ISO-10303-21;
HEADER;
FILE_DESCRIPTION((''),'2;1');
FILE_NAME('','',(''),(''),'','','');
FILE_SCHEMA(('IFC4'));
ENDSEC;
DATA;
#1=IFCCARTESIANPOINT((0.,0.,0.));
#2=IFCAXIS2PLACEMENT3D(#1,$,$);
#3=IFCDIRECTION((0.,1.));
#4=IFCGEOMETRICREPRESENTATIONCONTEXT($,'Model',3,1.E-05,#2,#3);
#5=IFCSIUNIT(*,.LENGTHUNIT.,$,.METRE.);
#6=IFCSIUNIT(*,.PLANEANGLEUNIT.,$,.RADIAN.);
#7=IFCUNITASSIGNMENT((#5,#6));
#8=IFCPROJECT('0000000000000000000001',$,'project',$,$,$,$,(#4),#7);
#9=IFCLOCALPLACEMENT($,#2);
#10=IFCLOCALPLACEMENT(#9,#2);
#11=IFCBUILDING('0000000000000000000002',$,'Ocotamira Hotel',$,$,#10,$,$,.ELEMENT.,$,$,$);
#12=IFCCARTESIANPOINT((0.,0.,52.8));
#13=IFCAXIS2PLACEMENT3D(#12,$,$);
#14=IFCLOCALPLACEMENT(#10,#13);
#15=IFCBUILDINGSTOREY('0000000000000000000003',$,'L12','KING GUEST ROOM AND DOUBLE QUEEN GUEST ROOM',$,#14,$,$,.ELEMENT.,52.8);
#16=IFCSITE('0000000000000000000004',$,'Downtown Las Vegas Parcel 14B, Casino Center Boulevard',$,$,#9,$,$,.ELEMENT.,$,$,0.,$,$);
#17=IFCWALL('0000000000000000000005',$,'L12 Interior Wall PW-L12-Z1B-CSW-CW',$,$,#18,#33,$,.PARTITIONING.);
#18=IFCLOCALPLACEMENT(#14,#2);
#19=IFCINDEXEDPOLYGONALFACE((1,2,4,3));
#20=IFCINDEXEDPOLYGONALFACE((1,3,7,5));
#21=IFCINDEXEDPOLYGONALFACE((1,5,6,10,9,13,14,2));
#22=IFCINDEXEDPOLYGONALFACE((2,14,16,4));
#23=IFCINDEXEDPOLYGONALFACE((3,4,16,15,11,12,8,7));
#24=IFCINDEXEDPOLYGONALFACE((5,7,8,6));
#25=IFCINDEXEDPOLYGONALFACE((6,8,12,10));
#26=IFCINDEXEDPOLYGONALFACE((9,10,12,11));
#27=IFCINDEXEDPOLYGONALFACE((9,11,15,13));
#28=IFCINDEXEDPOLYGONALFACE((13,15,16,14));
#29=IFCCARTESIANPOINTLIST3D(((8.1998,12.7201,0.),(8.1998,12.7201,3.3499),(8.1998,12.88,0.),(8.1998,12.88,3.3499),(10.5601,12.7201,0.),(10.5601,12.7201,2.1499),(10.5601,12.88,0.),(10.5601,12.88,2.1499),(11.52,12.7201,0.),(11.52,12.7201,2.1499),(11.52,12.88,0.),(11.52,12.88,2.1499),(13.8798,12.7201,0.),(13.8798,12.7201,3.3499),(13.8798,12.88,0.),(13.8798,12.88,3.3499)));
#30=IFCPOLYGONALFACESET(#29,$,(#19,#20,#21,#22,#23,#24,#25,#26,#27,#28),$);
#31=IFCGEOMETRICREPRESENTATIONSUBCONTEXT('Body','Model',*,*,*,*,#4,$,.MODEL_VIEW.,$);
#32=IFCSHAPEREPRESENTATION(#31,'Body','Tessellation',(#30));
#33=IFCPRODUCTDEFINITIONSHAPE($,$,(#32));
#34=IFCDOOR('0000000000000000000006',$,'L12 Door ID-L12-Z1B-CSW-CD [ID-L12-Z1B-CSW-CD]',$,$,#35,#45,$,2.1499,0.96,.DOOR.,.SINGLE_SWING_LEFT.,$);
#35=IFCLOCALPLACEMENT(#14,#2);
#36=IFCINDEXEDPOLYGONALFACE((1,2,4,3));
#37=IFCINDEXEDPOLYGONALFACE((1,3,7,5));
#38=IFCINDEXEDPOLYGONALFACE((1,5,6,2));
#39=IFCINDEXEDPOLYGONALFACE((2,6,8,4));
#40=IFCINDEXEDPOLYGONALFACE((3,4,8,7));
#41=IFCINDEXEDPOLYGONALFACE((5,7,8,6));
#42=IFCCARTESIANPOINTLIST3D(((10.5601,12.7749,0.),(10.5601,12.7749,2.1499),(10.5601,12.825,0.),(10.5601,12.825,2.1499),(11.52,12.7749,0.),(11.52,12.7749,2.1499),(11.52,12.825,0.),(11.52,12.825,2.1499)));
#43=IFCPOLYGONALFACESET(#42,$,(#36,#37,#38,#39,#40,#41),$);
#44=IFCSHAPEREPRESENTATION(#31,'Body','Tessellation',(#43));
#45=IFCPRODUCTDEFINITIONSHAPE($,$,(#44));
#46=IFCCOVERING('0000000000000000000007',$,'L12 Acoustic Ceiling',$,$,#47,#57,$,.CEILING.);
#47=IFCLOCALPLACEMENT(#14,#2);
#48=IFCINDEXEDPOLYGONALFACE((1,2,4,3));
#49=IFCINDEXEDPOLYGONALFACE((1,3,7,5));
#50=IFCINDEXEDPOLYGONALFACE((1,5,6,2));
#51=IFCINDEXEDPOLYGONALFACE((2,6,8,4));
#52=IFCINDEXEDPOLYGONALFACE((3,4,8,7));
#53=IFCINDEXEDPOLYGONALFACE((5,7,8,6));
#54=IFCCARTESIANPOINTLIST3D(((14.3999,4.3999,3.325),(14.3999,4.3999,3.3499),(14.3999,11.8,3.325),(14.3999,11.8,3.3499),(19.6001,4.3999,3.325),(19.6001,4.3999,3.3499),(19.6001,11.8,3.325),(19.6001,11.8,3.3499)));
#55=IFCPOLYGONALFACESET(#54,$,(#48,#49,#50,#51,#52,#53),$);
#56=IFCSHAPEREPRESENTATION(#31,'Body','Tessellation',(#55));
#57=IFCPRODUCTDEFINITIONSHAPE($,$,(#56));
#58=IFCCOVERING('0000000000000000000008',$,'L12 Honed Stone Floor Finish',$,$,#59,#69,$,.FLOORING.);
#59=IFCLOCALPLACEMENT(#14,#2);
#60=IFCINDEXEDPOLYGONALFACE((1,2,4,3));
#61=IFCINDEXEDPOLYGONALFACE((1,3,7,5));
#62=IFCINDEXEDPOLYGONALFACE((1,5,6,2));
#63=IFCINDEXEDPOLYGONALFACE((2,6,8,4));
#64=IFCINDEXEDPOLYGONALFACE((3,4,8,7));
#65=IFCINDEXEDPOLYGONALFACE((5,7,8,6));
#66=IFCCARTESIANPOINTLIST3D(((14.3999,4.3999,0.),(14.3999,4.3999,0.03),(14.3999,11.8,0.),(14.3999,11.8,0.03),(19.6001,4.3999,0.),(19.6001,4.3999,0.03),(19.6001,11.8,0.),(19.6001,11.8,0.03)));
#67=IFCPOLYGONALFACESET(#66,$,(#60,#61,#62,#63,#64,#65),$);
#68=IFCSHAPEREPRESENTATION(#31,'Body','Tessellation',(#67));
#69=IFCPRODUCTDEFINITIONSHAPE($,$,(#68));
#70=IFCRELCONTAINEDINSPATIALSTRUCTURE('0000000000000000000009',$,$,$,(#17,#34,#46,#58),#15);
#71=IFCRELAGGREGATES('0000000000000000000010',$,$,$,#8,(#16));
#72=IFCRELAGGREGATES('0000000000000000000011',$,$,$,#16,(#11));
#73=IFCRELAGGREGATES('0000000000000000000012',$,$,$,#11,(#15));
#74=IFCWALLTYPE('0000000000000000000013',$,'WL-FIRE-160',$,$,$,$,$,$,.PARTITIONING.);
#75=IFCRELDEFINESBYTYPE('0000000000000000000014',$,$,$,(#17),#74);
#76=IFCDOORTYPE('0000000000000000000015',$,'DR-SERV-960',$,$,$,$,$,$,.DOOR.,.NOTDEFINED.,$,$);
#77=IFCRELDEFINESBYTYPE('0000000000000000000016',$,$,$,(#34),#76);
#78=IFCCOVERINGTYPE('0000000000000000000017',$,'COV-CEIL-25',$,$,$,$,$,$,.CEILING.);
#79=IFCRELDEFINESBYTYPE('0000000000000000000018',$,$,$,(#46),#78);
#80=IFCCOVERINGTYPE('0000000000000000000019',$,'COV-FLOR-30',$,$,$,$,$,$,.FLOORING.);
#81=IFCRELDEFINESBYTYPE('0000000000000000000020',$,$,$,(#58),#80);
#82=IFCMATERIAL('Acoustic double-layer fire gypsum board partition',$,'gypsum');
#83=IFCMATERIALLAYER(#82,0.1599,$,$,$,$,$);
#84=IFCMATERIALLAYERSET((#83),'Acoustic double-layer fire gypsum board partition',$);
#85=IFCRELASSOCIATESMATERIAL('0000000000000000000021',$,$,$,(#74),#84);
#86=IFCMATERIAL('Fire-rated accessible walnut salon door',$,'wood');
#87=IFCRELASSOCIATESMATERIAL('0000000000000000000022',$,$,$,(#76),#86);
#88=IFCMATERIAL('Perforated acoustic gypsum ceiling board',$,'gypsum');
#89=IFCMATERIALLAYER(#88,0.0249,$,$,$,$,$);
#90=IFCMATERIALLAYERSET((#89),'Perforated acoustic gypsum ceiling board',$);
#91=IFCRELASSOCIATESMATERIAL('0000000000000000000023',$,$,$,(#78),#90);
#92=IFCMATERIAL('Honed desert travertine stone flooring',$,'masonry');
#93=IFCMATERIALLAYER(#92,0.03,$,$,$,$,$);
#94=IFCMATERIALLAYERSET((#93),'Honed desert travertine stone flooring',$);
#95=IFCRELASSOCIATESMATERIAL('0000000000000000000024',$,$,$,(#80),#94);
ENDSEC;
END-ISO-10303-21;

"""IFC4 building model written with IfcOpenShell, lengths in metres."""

from ifc_helpers import new_model, si_unit, direction, frame, frame_2d, origin, place, context, subcontext, project, spatial, polyline, rectangle, outline, extrude, source, transform, mapped, material, layer, layer_set, type_object, element, fill, save


model = new_model("IFC4")

# Units and contexts
model_context = context("Model", 3, precision=1e-05, world=origin(), true_north=direction((0.0, 1.0)))
body_context = subcontext(model_context, "Body", "Model", "MODEL_VIEW")
ifc_project = project(units=[si_unit("LENGTHUNIT", "METRE"), si_unit("PLANEANGLEUNIT", "RADIAN")], contexts=[model_context])

# Site, building, storey
site_placement = place(None, origin())
site = spatial("IfcSite", under=ifc_project, at=site_placement, Name="Downtown Las Vegas Parcel 14B, Casino Center Boulevard", CompositionType="ELEMENT", RefElevation=0.0)
building_placement = place(site_placement, origin())
building = spatial("IfcBuilding", under=site, at=building_placement, Name="Ocotamira Hotel", CompositionType="ELEMENT")
storey_placement = place(building_placement, frame((0.0, 0.0, 52.8)))
storey = spatial("IfcBuildingStorey", under=building, at=storey_placement, Name="L12", Description="KING GUEST ROOM AND DOUBLE QUEEN GUEST ROOM", CompositionType="ELEMENT", Elevation=52.8)

# Wall, opening, door
ifc_material_1 = material(Name="Acoustic double-layer fire gypsum board partition", Category="gypsum")
ifc_layer_1 = layer(ifc_material_1, 0.1599)
ifc_layer_set_1 = layer_set([ifc_layer_1], Name="Acoustic double-layer fire gypsum board partition")
wall_type_1 = type_object("IfcWallType", Name="WL-FIRE-160", PredefinedType="PARTITIONING", material=ifc_layer_set_1)
wall_1_placement = place(storey_placement, frame((8.2, 12.8, 0.0), z_axis=(0.0, 0.0, 1.0), x_axis=(1.0, 0.0, 0.0)))
wall_1 = element("IfcWall", 1, at=wall_1_placement, inside=storey, type_object=wall_type_1, Name="L12 Interior Wall PW-L12-Z1B-CSW-CW", PredefinedType="PARTITIONING", context=body_context, shape_type="SweptSolid", body=[
    extrude(rectangle(XDim=5.6799, YDim=0.1599, at=frame_2d((2.8398, 0.0))), origin(), (0.0, 0.0, 1.0), 3.3499),
])
opening_placement = place(wall_1_placement, frame((2.3601, 0.0, 0.0)))
opening = element("IfcOpeningElement", 2, at=opening_placement, cuts=wall_1, PredefinedType="OPENING", context=body_context, shape_type="SweptSolid", body=[
    extrude(rectangle(XDim=0.96, YDim=2.1499, at=frame_2d((0.48, 1.075))), frame((0.0, 0.0898, 0.0), z_axis=(0.0, -1.0, 0.0), x_axis=(1.0, 0.0, 0.0)), (0.0, 0.0, 1.0), 0.1799),
])
ifc_material_2 = material(Name="Fire-rated accessible walnut salon door", Category="wood")
door_type = type_object("IfcDoorType", Name="DR-SERV-960", OperationType="NOTDEFINED", PredefinedType="DOOR", material=ifc_material_2)
shared_shape_1 = source(origin(), body_context, "Body", "SweptSolid", [
    extrude(rectangle(XDim=0.96, YDim=2.1499, at=frame_2d((0.48, 1.075))), frame((0.0, 0.0249, 0.0), z_axis=(0.0, -1.0, 0.0), x_axis=(1.0, 0.0, 0.0)), (0.0, 0.0, 1.0), 0.05),
])
door_placement = place(opening_placement, origin())
door = element("IfcDoor", 3, at=door_placement, inside=storey, type_object=door_type, Name="L12 Door ID-L12-Z1B-CSW-CD [ID-L12-Z1B-CSW-CD]", OperationType="SINGLE_SWING_LEFT", OverallHeight=2.1499, OverallWidth=0.96, PredefinedType="DOOR", context=body_context, shape_type="MappedRepresentation", body=[
    mapped(shared_shape_1, transform((0.0, 0.0, 0.0), scale=1.0)),
])
fill(opening, door)

# Coverings
ifc_material_3 = material(Name="Perforated acoustic gypsum ceiling board", Category="gypsum")
ifc_layer_2 = layer(ifc_material_3, 0.0249)
ifc_layer_set_2 = layer_set([ifc_layer_2], Name="Perforated acoustic gypsum ceiling board")
covering_type_1 = type_object("IfcCoveringType", Name="COV-CEIL-25", PredefinedType="CEILING", material=ifc_layer_set_2)
covering_1_placement = place(storey_placement, frame((0.0, 0.0, 3.325)))
element("IfcCovering", 4, at=covering_1_placement, inside=storey, type_object=covering_type_1, Name="L12 Acoustic Ceiling", PredefinedType="CEILING", context=body_context, shape_type="SweptSolid", body=[
    extrude(outline(polyline([(14.3999, 4.3999), (19.6001, 4.3999), (19.6001, 11.8), (14.3999, 11.8), (14.3999, 4.3999)])), origin(), (0.0, 0.0, 1.0), 0.0249),
])
ifc_material_4 = material(Name="Honed desert travertine stone flooring", Category="masonry")
ifc_layer_3 = layer(ifc_material_4, 0.03)
ifc_layer_set_3 = layer_set([ifc_layer_3], Name="Honed desert travertine stone flooring")
covering_type_2 = type_object("IfcCoveringType", Name="COV-FLOR-30", PredefinedType="FLOORING", material=ifc_layer_set_3)
covering_2_placement = place(storey_placement, origin())
element("IfcCovering", 5, at=covering_2_placement, inside=storey, type_object=covering_type_2, Name="L12 Honed Stone Floor Finish", PredefinedType="FLOORING", context=body_context, shape_type="SweptSolid", body=[
    extrude(outline(polyline([(14.3999, 4.3999), (19.6001, 4.3999), (19.6001, 11.8), (14.3999, 11.8), (14.3999, 4.3999)])), origin(), (0.0, 0.0, 1.0), 0.03),
])

save(model, "model.ifc")
